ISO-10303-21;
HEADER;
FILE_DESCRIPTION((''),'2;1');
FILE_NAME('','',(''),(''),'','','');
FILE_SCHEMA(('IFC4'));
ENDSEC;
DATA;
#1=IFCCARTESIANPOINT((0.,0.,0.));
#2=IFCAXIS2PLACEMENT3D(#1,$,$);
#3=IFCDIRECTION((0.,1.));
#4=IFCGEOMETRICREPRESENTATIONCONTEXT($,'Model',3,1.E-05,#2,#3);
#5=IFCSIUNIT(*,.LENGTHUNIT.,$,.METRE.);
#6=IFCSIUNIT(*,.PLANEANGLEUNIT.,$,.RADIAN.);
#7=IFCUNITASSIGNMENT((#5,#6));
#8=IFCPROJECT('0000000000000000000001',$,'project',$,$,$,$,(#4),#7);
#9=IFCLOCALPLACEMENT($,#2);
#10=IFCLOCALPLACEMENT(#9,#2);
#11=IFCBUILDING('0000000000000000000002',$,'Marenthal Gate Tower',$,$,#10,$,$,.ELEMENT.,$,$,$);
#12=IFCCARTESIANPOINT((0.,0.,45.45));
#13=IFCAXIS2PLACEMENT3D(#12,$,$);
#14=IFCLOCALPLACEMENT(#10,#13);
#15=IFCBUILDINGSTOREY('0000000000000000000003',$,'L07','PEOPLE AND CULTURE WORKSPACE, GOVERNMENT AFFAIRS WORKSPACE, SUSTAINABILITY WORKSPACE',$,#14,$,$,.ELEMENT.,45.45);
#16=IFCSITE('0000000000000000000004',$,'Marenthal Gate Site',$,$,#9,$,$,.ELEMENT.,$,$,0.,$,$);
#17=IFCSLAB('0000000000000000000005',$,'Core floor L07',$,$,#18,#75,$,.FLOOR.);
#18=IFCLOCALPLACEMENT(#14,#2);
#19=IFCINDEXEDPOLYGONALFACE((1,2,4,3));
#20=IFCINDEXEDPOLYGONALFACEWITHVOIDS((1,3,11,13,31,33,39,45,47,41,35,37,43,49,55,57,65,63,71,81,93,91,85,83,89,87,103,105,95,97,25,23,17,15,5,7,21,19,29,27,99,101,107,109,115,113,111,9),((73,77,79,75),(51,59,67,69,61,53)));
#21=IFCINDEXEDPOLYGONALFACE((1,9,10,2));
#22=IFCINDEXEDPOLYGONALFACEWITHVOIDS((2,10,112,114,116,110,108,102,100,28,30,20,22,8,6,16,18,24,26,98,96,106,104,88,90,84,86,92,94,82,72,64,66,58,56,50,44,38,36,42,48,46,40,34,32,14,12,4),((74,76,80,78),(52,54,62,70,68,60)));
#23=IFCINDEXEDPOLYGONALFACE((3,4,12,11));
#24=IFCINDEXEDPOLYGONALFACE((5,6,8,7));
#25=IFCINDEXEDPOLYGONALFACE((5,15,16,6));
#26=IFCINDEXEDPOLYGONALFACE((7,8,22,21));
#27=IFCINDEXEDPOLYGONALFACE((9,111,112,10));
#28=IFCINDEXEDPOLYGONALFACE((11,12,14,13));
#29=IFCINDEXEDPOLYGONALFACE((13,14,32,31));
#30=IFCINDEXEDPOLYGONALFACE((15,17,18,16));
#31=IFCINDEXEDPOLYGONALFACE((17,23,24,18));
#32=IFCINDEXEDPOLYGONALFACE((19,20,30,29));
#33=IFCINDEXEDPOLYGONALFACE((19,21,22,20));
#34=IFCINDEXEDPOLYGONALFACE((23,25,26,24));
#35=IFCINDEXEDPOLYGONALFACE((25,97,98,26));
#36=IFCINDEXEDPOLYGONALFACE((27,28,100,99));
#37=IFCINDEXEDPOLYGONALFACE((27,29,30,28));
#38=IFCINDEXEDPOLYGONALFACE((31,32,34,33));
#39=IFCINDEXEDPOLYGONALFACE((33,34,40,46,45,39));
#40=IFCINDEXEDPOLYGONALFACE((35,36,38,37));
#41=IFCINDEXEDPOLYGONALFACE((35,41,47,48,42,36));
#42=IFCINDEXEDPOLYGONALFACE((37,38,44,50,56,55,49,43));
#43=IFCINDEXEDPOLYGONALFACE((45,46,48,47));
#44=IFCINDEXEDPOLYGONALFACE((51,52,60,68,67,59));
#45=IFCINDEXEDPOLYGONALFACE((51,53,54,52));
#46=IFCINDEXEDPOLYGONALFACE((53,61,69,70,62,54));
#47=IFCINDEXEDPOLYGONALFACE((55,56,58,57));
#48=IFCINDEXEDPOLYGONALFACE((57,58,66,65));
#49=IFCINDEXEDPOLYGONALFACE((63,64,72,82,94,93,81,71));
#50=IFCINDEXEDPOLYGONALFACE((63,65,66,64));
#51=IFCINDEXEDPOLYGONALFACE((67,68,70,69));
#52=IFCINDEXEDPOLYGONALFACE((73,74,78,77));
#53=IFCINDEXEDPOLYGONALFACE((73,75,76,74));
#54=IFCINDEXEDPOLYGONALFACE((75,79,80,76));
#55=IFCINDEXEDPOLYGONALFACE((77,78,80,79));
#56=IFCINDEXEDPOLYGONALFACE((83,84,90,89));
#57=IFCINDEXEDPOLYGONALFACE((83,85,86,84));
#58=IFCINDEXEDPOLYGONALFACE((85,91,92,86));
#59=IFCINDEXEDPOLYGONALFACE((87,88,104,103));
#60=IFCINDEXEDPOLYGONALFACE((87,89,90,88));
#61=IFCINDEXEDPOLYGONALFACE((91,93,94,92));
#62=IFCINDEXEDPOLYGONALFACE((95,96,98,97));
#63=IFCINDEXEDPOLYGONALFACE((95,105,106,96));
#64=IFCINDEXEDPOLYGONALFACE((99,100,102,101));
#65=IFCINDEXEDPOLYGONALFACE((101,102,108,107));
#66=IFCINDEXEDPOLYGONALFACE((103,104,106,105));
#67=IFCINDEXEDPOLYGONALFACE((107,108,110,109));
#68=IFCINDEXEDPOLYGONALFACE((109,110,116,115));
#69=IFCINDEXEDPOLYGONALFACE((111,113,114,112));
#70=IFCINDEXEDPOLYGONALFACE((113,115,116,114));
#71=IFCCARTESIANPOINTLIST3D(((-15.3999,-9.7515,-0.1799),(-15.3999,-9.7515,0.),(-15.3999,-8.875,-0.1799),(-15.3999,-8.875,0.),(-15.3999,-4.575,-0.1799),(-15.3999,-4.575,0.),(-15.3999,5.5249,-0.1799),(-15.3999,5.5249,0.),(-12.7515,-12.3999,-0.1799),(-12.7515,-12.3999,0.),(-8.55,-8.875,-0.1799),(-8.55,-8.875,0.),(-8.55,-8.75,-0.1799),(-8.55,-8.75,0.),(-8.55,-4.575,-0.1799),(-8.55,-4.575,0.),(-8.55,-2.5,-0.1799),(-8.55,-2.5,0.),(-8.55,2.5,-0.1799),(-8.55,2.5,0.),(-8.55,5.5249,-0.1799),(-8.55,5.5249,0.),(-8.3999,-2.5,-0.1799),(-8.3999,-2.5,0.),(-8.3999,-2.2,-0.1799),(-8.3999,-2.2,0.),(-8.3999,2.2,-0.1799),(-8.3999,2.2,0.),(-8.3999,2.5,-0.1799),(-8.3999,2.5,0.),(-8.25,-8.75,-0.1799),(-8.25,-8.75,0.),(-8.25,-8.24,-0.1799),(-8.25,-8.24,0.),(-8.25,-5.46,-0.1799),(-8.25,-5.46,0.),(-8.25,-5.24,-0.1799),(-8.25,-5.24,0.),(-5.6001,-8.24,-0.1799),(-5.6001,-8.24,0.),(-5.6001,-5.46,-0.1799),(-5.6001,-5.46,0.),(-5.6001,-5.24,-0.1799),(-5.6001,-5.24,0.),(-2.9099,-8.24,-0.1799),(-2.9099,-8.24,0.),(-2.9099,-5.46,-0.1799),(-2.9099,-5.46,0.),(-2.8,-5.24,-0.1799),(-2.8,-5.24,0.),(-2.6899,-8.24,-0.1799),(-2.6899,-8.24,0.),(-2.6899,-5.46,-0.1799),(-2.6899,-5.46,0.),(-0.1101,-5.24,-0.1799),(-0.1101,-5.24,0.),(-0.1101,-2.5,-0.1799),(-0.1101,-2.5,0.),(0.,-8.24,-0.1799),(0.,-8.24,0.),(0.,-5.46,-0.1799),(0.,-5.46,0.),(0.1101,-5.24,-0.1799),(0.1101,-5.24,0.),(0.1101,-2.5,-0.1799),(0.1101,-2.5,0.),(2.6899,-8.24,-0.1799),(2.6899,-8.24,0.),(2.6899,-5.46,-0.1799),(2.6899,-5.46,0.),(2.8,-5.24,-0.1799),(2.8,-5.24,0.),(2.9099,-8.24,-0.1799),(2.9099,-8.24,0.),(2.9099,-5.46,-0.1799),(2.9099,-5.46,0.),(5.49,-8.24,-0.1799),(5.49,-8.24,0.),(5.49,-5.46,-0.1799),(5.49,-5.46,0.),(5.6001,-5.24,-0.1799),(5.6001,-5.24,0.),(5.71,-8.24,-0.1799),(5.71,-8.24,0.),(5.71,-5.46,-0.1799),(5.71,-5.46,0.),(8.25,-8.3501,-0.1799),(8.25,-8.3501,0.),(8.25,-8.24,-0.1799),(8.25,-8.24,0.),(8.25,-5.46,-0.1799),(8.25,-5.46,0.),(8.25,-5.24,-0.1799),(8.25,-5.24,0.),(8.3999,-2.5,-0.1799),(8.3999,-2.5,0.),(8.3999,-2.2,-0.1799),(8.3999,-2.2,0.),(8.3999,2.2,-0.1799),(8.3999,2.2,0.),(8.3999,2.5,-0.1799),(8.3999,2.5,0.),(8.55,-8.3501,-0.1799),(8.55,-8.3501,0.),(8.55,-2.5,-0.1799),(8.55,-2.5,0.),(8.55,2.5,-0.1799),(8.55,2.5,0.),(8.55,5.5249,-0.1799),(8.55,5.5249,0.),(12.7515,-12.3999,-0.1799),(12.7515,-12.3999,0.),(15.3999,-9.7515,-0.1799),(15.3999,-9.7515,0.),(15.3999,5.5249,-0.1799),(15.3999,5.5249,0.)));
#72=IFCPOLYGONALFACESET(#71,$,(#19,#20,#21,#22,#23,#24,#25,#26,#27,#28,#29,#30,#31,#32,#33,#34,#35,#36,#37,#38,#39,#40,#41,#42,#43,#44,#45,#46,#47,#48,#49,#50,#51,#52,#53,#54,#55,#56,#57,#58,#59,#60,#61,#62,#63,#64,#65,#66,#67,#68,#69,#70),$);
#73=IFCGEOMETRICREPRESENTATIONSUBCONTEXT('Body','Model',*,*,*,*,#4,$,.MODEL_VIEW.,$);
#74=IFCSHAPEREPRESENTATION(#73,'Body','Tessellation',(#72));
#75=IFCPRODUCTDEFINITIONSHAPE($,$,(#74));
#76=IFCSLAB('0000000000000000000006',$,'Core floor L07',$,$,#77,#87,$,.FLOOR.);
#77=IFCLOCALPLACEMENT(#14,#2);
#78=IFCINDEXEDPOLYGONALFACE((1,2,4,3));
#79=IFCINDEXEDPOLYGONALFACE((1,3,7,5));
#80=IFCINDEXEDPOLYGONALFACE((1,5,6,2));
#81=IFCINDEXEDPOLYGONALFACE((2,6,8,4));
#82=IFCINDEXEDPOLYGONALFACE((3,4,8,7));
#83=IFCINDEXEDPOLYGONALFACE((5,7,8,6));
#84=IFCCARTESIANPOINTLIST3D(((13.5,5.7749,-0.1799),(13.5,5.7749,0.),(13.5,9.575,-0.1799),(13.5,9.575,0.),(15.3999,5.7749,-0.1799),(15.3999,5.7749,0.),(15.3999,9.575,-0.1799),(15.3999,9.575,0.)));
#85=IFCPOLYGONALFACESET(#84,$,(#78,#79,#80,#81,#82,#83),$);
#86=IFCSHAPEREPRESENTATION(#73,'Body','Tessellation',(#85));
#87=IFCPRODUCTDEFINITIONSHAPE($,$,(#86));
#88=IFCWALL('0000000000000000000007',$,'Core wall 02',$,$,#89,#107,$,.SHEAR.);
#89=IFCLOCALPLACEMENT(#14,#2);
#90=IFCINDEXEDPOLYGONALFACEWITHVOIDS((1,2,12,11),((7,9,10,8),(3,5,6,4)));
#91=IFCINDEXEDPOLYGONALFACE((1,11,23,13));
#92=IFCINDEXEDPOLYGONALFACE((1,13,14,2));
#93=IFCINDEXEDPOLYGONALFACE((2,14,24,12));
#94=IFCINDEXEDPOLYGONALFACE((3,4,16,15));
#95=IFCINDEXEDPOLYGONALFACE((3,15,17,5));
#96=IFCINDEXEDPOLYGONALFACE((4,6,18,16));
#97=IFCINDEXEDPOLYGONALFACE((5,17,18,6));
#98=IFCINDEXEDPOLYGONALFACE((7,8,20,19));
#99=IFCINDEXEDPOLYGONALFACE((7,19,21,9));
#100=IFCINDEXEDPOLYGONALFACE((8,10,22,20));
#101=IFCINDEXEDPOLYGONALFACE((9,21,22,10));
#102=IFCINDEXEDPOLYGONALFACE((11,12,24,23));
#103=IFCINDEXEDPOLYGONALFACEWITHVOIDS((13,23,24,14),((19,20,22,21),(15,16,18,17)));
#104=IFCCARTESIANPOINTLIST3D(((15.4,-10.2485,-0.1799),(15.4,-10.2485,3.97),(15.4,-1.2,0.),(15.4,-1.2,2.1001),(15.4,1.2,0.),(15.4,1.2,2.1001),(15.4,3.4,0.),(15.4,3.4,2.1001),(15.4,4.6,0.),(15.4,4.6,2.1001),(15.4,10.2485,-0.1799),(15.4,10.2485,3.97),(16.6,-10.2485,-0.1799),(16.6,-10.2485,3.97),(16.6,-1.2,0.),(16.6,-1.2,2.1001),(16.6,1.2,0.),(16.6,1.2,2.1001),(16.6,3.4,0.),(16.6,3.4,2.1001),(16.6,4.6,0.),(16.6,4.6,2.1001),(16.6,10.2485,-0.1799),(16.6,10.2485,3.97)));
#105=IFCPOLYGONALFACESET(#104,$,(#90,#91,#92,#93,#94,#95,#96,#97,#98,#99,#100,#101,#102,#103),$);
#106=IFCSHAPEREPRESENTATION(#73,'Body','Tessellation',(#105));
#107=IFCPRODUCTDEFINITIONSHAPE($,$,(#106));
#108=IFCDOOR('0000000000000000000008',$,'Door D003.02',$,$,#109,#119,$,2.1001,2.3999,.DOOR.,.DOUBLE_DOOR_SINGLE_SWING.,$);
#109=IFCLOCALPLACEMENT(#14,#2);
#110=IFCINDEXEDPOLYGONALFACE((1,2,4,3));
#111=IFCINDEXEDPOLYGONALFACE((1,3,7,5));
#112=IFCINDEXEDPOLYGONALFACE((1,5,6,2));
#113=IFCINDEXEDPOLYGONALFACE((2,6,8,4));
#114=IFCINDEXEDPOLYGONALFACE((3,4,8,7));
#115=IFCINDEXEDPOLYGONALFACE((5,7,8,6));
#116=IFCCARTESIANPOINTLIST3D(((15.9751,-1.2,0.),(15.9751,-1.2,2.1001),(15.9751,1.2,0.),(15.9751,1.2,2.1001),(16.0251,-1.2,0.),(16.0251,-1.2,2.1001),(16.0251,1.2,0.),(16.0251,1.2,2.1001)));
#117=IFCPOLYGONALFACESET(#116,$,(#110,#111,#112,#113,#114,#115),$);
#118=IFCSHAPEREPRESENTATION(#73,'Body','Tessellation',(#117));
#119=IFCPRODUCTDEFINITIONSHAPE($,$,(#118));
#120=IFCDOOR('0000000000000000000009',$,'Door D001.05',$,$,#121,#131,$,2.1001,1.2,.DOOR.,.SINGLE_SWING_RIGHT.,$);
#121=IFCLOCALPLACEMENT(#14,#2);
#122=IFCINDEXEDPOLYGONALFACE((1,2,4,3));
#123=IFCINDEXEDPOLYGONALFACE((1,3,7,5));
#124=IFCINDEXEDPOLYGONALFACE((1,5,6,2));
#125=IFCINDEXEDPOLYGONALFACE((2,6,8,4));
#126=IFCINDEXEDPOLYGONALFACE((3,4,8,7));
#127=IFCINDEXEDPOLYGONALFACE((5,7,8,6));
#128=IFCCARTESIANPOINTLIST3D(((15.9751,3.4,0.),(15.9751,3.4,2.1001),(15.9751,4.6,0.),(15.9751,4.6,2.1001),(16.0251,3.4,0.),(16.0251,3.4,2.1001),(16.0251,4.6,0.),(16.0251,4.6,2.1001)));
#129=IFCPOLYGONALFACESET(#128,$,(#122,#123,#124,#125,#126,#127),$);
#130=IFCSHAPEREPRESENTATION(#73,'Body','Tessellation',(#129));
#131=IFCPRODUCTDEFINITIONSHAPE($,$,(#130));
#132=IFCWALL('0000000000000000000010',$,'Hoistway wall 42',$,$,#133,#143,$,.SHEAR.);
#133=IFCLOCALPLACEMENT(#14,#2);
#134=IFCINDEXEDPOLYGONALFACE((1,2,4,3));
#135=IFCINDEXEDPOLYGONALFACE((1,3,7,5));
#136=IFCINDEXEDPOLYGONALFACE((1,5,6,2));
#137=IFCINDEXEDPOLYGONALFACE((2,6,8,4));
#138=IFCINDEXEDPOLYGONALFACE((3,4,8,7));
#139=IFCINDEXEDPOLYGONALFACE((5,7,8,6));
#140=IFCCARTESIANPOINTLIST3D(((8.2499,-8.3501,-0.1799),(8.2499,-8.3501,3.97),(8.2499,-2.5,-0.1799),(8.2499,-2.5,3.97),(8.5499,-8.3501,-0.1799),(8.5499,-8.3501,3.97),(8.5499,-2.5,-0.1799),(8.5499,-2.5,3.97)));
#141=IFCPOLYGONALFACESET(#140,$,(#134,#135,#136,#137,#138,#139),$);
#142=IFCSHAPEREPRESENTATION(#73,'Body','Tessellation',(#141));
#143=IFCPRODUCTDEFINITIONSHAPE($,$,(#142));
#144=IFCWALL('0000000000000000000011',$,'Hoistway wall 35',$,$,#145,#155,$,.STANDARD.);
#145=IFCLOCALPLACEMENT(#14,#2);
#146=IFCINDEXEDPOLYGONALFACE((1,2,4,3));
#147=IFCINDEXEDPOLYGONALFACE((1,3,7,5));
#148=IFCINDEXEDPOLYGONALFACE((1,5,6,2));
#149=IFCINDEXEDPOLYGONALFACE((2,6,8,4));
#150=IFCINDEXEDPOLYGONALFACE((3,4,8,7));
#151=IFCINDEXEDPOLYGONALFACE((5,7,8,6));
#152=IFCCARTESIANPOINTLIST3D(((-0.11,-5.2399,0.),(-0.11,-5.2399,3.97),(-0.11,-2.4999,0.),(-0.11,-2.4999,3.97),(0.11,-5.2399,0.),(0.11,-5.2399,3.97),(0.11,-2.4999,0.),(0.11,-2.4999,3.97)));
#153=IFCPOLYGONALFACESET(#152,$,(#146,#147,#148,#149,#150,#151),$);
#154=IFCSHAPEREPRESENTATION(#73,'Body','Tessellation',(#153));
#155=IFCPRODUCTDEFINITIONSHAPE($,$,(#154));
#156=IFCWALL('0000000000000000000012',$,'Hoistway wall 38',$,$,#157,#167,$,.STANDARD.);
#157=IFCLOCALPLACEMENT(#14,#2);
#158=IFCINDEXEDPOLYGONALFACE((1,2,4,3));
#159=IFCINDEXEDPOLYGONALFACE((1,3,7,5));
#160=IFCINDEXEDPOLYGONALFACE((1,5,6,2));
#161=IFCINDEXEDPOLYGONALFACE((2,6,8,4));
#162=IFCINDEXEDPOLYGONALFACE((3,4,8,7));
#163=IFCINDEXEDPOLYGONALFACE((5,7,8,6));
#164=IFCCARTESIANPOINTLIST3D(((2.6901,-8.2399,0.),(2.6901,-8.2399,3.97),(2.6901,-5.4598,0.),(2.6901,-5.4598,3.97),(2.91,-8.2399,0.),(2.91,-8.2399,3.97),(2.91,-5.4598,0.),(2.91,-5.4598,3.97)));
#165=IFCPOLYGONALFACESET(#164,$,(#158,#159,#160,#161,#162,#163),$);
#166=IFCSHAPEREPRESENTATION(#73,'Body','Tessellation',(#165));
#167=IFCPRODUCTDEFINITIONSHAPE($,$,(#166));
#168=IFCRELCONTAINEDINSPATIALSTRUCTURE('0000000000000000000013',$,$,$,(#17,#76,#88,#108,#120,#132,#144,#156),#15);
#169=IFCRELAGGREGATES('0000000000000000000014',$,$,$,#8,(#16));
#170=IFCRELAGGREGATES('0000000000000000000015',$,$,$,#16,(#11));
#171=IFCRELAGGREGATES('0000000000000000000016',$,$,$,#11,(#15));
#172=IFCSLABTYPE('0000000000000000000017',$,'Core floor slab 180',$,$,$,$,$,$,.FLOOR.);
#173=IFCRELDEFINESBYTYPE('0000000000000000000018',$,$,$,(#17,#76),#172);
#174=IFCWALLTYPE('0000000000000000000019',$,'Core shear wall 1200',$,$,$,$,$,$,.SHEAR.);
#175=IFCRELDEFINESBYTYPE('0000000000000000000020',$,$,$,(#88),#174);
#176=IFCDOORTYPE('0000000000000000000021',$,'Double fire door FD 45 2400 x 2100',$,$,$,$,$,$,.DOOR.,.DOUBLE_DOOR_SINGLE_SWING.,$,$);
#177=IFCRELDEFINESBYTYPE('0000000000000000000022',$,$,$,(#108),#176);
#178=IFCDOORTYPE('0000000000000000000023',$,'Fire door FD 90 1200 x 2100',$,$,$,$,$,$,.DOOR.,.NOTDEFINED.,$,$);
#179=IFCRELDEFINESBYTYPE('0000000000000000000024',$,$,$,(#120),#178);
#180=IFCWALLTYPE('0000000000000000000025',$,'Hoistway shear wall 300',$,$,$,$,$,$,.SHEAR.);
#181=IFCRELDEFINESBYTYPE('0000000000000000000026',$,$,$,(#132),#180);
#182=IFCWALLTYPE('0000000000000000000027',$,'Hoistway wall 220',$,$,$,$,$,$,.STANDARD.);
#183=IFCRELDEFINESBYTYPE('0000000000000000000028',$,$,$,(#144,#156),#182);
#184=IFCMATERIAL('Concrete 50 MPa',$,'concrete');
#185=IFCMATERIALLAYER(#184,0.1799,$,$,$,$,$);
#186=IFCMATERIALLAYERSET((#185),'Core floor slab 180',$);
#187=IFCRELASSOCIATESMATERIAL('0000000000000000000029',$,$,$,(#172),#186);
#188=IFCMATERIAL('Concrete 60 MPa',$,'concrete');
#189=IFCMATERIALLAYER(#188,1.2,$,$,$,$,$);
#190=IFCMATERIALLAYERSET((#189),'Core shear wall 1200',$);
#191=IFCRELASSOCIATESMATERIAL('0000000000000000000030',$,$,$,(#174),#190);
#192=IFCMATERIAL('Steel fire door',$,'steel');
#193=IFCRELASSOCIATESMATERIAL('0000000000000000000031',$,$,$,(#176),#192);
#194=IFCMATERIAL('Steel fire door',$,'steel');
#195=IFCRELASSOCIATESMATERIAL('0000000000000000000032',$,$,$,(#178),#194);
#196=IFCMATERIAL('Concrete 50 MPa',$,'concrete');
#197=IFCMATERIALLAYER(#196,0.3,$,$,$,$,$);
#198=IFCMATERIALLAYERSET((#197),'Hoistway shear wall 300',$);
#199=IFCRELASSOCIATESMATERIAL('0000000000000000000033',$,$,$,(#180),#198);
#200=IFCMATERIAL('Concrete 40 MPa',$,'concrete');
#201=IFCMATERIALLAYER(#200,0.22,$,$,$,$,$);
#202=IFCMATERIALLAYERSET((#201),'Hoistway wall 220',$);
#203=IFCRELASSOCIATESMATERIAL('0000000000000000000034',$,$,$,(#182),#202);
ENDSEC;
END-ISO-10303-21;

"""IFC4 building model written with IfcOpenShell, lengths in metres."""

from ifc_helpers import new_model, si_unit, direction, frame, frame_2d, origin, place, context, subcontext, project, spatial, polyline, rectangle, outline, extrude, material, layer, layer_set, type_object, element, fill, save


model = new_model("IFC4")

# Units and contexts
model_context = context("Model", 3, precision=1e-05, world=origin(), true_north=direction((0.0, 1.0)))
body_context = subcontext(model_context, "Body", "Model", "MODEL_VIEW")
ifc_project = project(units=[si_unit("LENGTHUNIT", "METRE"), si_unit("PLANEANGLEUNIT", "RADIAN")], contexts=[model_context])

# Site, building, storey
site_placement = place(None, origin())
site = spatial("IfcSite", under=ifc_project, at=site_placement, Name="Marenthal Gate Site", CompositionType="ELEMENT", RefElevation=0.0)
building_placement = place(site_placement, origin())
building = spatial("IfcBuilding", under=site, at=building_placement, Name="Marenthal Gate Tower", CompositionType="ELEMENT")
storey_placement = place(building_placement, frame((0.0, 0.0, 45.45)))
storey = spatial("IfcBuildingStorey", under=building, at=storey_placement, Name="L07", Description="PEOPLE AND CULTURE WORKSPACE, GOVERNMENT AFFAIRS WORKSPACE, SUSTAINABILITY WORKSPACE", CompositionType="ELEMENT", Elevation=45.45)

# Slabs
ifc_material_1 = material(Name="Concrete 50 MPa", Category="concrete")
ifc_layer_1 = layer(ifc_material_1, 0.1799)
ifc_layer_set_1 = layer_set([ifc_layer_1], Name="Core floor slab 180")
slab_type_1 = type_object("IfcSlabType", Name="Core floor slab 180", PredefinedType="FLOOR", material=ifc_layer_set_1)
slab_1_placement = place(storey_placement, frame((0.0, 0.0, -0.1799)))
element("IfcSlab", 1, at=slab_1_placement, inside=storey, type_object=slab_type_1, Name="Core floor L07", PredefinedType="FLOOR", context=body_context, shape_type="SweptSolid", body=[
    extrude(outline(polyline([(15.3999, -9.7515), (12.7515, -12.3999), (-12.7515, -12.3999), (-15.3999, -9.7515), (-15.3999, -8.875), (-8.55, -8.875), (-8.55, -8.75), (-8.25, -8.75), (-8.25, -8.24), (-5.6001, -8.24), (-2.9099, -8.24), (-2.9099, -5.46), (-5.6001, -5.46), (-8.25, -5.46), (-8.25, -5.24), (-5.6001, -5.24), (-2.8, -5.24), (-0.1101, -5.24), (-0.1101, -2.5), (0.1101, -2.5), (0.1101, -5.24), (2.8, -5.24), (5.6001, -5.24), (8.25, -5.24), (8.25, -5.46), (5.71, -5.46), (5.71, -8.24), (8.25, -8.24), (8.25, -8.3501), (8.55, -8.3501), (8.55, -2.5), (8.3999, -2.5), (8.3999, -2.2), (-8.3999, -2.2), (-8.3999, -2.5), (-8.55, -2.5), (-8.55, -4.575), (-15.3999, -4.575), (-15.3999, 5.5249), (-8.55, 5.5249), (-8.55, 2.5), (-8.3999, 2.5), (-8.3999, 2.2), (8.3999, 2.2), (8.3999, 2.5), (8.55, 2.5), (8.55, 5.5249), (15.3999, 5.5249), (15.3999, -9.7515)]), holes=[polyline([(2.6899, -5.46), (0.0, -5.46), (-2.6899, -5.46), (-2.6899, -8.24), (0.0, -8.24), (2.6899, -8.24), (2.6899, -5.46)]), polyline([(5.49, -5.46), (2.9099, -5.46), (2.9099, -8.24), (5.49, -8.24), (5.49, -5.46)])]), origin(), (0.0, 0.0, 1.0), 0.1799),
])
slab_2_placement = place(storey_placement, frame((0.0, 0.0, -0.1799)))
element("IfcSlab", 2, at=slab_2_placement, inside=storey, type_object=slab_type_1, Name="Core floor L07", PredefinedType="FLOOR", context=body_context, shape_type="SweptSolid", body=[
    extrude(outline(polyline([(15.3999, 5.7749), (13.5, 5.7749), (13.5, 9.575), (15.3999, 9.575), (15.3999, 5.7749)])), origin(), (0.0, 0.0, 1.0), 0.1799),
])

# Wall, openings, doors
ifc_material_2 = material(Name="Concrete 60 MPa", Category="concrete")
ifc_layer_2 = layer(ifc_material_2, 1.2)
ifc_layer_set_2 = layer_set([ifc_layer_2], Name="Core shear wall 1200")
wall_type_1 = type_object("IfcWallType", Name="Core shear wall 1200", PredefinedType="SHEAR", material=ifc_layer_set_2)
wall_1_placement = place(storey_placement, frame((16.0, -10.2485, -0.1799), z_axis=(0.0, 0.0, 1.0), x_axis=(0.0, 1.0, 0.0)))
wall_1 = element("IfcWall", 3, at=wall_1_placement, inside=storey, type_object=wall_type_1, Name="Core wall 02", PredefinedType="SHEAR", context=body_context, shape_type="SweptSolid", body=[
    extrude(rectangle(XDim=20.4971, YDim=1.2, at=frame_2d((10.2485, 0.0))), origin(), (0.0, 0.0, 1.0), 4.1499),
])
opening_1_placement = place(wall_1_placement, frame((9.0486, 0.0, 0.1799)))
opening_1 = element("IfcOpeningElement", 4, at=opening_1_placement, cuts=wall_1, PredefinedType="OPENING", context=body_context, shape_type="SweptSolid", body=[
    extrude(rectangle(XDim=2.3999, YDim=2.1001, at=frame_2d((1.2, 1.05))), frame((0.0, 0.6099, 0.0), z_axis=(0.0, -1.0, 0.0), x_axis=(1.0, 0.0, 0.0)), (0.0, 0.0, 1.0), 1.22),
])
opening_2_placement = place(wall_1_placement, frame((13.6484, 0.0, 0.1799)))
opening_2 = element("IfcOpeningElement", 5, at=opening_2_placement, cuts=wall_1, PredefinedType="OPENING", context=body_context, shape_type="SweptSolid", body=[
    extrude(rectangle(XDim=1.2, YDim=2.1001, at=frame_2d((0.6001, 1.05))), frame((0.0, 0.6099, 0.0), z_axis=(0.0, -1.0, 0.0), x_axis=(1.0, 0.0, 0.0)), (0.0, 0.0, 1.0), 1.22),
])
ifc_material_3 = material(Name="Steel fire door", Category="steel")
door_type_1 = type_object("IfcDoorType", Name="Double fire door FD 45 2400 x 2100", OperationType="DOUBLE_DOOR_SINGLE_SWING", PredefinedType="DOOR", material=ifc_material_3)
door_1_placement = place(opening_1_placement, origin())
door_1 = element("IfcDoor", 6, at=door_1_placement, inside=storey, type_object=door_type_1, Name="Door D003.02", OperationType="DOUBLE_DOOR_SINGLE_SWING", OverallHeight=2.1001, OverallWidth=2.3999, PredefinedType="DOOR", context=body_context, shape_type="SweptSolid", body=[
    extrude(rectangle(XDim=2.3999, YDim=2.1001, at=frame_2d((1.2, 1.05))), frame((0.0, 0.0249, 0.0), z_axis=(0.0, -1.0, 0.0), x_axis=(1.0, 0.0, 0.0)), (0.0, 0.0, 1.0), 0.05),
])
fill(opening_1, door_1)
ifc_material_4 = material(Name="Steel fire door", Category="steel")
door_type_2 = type_object("IfcDoorType", Name="Fire door FD 90 1200 x 2100", OperationType="NOTDEFINED", PredefinedType="DOOR", material=ifc_material_4)
door_2_placement = place(opening_2_placement, origin())
door_2 = element("IfcDoor", 7, at=door_2_placement, inside=storey, type_object=door_type_2, Name="Door D001.05", OperationType="SINGLE_SWING_RIGHT", OverallHeight=2.1001, OverallWidth=1.2, PredefinedType="DOOR", context=body_context, shape_type="SweptSolid", body=[
    extrude(rectangle(XDim=1.2, YDim=2.1001, at=frame_2d((0.6001, 1.05))), frame((0.0, 0.0249, 0.0), z_axis=(0.0, -1.0, 0.0), x_axis=(1.0, 0.0, 0.0)), (0.0, 0.0, 1.0), 0.05),
])
fill(opening_2, door_2)

# Walls
ifc_material_5 = material(Name="Concrete 50 MPa", Category="concrete")
ifc_layer_3 = layer(ifc_material_5, 0.3)
ifc_layer_set_3 = layer_set([ifc_layer_3], Name="Hoistway shear wall 300")
wall_type_2 = type_object("IfcWallType", Name="Hoistway shear wall 300", PredefinedType="SHEAR", material=ifc_layer_set_3)
wall_2_placement = place(storey_placement, frame((8.3999, -8.3501, -0.1799), z_axis=(0.0, 0.0, 1.0), x_axis=(0.0, 1.0, 0.0)))
element("IfcWall", 8, at=wall_2_placement, inside=storey, type_object=wall_type_2, Name="Hoistway wall 42", PredefinedType="SHEAR", context=body_context, shape_type="SweptSolid", body=[
    extrude(rectangle(XDim=5.8501, YDim=0.3, at=frame_2d((2.925, 0.0))), origin(), (0.0, 0.0, 1.0), 4.1499),
])
ifc_material_6 = material(Name="Concrete 40 MPa", Category="concrete")
ifc_layer_4 = layer(ifc_material_6, 0.22)
ifc_layer_set_4 = layer_set([ifc_layer_4], Name="Hoistway wall 220")
wall_type_3 = type_object("IfcWallType", Name="Hoistway wall 220", PredefinedType="STANDARD", material=ifc_layer_set_4)
wall_3_placement = place(storey_placement, frame((0.0, -5.24, 0.0), z_axis=(0.0, 0.0, 1.0), x_axis=(0.0, 1.0, 0.0)))
element("IfcWall", 9, at=wall_3_placement, inside=storey, type_object=wall_type_3, Name="Hoistway wall 35", PredefinedType="STANDARD", context=body_context, shape_type="SweptSolid", body=[
    extrude(rectangle(XDim=2.74, YDim=0.22, at=frame_2d((1.3701, 0.0))), origin(), (0.0, 0.0, 1.0), 3.97),
])
for number, where, z_axis, x_axis, name in (
    (10, (2.8, -8.24, 0.0), (0.0, 0.0, 1.0), (0.0, 1.0, 0.0), "Hoistway wall 38"),
):
    element("IfcWall", number, at=place(storey_placement, frame(where, z_axis=z_axis, x_axis=x_axis)), inside=storey, type_object=wall_type_3, Name=name, PredefinedType="STANDARD", context=body_context, shape_type="SweptSolid", body=[
        extrude(rectangle(XDim=2.78, YDim=0.22, at=frame_2d((1.3901, 0.0))), origin(), (0.0, 0.0, 1.0), 3.97),
    ])

save(model, "model.ifc")
